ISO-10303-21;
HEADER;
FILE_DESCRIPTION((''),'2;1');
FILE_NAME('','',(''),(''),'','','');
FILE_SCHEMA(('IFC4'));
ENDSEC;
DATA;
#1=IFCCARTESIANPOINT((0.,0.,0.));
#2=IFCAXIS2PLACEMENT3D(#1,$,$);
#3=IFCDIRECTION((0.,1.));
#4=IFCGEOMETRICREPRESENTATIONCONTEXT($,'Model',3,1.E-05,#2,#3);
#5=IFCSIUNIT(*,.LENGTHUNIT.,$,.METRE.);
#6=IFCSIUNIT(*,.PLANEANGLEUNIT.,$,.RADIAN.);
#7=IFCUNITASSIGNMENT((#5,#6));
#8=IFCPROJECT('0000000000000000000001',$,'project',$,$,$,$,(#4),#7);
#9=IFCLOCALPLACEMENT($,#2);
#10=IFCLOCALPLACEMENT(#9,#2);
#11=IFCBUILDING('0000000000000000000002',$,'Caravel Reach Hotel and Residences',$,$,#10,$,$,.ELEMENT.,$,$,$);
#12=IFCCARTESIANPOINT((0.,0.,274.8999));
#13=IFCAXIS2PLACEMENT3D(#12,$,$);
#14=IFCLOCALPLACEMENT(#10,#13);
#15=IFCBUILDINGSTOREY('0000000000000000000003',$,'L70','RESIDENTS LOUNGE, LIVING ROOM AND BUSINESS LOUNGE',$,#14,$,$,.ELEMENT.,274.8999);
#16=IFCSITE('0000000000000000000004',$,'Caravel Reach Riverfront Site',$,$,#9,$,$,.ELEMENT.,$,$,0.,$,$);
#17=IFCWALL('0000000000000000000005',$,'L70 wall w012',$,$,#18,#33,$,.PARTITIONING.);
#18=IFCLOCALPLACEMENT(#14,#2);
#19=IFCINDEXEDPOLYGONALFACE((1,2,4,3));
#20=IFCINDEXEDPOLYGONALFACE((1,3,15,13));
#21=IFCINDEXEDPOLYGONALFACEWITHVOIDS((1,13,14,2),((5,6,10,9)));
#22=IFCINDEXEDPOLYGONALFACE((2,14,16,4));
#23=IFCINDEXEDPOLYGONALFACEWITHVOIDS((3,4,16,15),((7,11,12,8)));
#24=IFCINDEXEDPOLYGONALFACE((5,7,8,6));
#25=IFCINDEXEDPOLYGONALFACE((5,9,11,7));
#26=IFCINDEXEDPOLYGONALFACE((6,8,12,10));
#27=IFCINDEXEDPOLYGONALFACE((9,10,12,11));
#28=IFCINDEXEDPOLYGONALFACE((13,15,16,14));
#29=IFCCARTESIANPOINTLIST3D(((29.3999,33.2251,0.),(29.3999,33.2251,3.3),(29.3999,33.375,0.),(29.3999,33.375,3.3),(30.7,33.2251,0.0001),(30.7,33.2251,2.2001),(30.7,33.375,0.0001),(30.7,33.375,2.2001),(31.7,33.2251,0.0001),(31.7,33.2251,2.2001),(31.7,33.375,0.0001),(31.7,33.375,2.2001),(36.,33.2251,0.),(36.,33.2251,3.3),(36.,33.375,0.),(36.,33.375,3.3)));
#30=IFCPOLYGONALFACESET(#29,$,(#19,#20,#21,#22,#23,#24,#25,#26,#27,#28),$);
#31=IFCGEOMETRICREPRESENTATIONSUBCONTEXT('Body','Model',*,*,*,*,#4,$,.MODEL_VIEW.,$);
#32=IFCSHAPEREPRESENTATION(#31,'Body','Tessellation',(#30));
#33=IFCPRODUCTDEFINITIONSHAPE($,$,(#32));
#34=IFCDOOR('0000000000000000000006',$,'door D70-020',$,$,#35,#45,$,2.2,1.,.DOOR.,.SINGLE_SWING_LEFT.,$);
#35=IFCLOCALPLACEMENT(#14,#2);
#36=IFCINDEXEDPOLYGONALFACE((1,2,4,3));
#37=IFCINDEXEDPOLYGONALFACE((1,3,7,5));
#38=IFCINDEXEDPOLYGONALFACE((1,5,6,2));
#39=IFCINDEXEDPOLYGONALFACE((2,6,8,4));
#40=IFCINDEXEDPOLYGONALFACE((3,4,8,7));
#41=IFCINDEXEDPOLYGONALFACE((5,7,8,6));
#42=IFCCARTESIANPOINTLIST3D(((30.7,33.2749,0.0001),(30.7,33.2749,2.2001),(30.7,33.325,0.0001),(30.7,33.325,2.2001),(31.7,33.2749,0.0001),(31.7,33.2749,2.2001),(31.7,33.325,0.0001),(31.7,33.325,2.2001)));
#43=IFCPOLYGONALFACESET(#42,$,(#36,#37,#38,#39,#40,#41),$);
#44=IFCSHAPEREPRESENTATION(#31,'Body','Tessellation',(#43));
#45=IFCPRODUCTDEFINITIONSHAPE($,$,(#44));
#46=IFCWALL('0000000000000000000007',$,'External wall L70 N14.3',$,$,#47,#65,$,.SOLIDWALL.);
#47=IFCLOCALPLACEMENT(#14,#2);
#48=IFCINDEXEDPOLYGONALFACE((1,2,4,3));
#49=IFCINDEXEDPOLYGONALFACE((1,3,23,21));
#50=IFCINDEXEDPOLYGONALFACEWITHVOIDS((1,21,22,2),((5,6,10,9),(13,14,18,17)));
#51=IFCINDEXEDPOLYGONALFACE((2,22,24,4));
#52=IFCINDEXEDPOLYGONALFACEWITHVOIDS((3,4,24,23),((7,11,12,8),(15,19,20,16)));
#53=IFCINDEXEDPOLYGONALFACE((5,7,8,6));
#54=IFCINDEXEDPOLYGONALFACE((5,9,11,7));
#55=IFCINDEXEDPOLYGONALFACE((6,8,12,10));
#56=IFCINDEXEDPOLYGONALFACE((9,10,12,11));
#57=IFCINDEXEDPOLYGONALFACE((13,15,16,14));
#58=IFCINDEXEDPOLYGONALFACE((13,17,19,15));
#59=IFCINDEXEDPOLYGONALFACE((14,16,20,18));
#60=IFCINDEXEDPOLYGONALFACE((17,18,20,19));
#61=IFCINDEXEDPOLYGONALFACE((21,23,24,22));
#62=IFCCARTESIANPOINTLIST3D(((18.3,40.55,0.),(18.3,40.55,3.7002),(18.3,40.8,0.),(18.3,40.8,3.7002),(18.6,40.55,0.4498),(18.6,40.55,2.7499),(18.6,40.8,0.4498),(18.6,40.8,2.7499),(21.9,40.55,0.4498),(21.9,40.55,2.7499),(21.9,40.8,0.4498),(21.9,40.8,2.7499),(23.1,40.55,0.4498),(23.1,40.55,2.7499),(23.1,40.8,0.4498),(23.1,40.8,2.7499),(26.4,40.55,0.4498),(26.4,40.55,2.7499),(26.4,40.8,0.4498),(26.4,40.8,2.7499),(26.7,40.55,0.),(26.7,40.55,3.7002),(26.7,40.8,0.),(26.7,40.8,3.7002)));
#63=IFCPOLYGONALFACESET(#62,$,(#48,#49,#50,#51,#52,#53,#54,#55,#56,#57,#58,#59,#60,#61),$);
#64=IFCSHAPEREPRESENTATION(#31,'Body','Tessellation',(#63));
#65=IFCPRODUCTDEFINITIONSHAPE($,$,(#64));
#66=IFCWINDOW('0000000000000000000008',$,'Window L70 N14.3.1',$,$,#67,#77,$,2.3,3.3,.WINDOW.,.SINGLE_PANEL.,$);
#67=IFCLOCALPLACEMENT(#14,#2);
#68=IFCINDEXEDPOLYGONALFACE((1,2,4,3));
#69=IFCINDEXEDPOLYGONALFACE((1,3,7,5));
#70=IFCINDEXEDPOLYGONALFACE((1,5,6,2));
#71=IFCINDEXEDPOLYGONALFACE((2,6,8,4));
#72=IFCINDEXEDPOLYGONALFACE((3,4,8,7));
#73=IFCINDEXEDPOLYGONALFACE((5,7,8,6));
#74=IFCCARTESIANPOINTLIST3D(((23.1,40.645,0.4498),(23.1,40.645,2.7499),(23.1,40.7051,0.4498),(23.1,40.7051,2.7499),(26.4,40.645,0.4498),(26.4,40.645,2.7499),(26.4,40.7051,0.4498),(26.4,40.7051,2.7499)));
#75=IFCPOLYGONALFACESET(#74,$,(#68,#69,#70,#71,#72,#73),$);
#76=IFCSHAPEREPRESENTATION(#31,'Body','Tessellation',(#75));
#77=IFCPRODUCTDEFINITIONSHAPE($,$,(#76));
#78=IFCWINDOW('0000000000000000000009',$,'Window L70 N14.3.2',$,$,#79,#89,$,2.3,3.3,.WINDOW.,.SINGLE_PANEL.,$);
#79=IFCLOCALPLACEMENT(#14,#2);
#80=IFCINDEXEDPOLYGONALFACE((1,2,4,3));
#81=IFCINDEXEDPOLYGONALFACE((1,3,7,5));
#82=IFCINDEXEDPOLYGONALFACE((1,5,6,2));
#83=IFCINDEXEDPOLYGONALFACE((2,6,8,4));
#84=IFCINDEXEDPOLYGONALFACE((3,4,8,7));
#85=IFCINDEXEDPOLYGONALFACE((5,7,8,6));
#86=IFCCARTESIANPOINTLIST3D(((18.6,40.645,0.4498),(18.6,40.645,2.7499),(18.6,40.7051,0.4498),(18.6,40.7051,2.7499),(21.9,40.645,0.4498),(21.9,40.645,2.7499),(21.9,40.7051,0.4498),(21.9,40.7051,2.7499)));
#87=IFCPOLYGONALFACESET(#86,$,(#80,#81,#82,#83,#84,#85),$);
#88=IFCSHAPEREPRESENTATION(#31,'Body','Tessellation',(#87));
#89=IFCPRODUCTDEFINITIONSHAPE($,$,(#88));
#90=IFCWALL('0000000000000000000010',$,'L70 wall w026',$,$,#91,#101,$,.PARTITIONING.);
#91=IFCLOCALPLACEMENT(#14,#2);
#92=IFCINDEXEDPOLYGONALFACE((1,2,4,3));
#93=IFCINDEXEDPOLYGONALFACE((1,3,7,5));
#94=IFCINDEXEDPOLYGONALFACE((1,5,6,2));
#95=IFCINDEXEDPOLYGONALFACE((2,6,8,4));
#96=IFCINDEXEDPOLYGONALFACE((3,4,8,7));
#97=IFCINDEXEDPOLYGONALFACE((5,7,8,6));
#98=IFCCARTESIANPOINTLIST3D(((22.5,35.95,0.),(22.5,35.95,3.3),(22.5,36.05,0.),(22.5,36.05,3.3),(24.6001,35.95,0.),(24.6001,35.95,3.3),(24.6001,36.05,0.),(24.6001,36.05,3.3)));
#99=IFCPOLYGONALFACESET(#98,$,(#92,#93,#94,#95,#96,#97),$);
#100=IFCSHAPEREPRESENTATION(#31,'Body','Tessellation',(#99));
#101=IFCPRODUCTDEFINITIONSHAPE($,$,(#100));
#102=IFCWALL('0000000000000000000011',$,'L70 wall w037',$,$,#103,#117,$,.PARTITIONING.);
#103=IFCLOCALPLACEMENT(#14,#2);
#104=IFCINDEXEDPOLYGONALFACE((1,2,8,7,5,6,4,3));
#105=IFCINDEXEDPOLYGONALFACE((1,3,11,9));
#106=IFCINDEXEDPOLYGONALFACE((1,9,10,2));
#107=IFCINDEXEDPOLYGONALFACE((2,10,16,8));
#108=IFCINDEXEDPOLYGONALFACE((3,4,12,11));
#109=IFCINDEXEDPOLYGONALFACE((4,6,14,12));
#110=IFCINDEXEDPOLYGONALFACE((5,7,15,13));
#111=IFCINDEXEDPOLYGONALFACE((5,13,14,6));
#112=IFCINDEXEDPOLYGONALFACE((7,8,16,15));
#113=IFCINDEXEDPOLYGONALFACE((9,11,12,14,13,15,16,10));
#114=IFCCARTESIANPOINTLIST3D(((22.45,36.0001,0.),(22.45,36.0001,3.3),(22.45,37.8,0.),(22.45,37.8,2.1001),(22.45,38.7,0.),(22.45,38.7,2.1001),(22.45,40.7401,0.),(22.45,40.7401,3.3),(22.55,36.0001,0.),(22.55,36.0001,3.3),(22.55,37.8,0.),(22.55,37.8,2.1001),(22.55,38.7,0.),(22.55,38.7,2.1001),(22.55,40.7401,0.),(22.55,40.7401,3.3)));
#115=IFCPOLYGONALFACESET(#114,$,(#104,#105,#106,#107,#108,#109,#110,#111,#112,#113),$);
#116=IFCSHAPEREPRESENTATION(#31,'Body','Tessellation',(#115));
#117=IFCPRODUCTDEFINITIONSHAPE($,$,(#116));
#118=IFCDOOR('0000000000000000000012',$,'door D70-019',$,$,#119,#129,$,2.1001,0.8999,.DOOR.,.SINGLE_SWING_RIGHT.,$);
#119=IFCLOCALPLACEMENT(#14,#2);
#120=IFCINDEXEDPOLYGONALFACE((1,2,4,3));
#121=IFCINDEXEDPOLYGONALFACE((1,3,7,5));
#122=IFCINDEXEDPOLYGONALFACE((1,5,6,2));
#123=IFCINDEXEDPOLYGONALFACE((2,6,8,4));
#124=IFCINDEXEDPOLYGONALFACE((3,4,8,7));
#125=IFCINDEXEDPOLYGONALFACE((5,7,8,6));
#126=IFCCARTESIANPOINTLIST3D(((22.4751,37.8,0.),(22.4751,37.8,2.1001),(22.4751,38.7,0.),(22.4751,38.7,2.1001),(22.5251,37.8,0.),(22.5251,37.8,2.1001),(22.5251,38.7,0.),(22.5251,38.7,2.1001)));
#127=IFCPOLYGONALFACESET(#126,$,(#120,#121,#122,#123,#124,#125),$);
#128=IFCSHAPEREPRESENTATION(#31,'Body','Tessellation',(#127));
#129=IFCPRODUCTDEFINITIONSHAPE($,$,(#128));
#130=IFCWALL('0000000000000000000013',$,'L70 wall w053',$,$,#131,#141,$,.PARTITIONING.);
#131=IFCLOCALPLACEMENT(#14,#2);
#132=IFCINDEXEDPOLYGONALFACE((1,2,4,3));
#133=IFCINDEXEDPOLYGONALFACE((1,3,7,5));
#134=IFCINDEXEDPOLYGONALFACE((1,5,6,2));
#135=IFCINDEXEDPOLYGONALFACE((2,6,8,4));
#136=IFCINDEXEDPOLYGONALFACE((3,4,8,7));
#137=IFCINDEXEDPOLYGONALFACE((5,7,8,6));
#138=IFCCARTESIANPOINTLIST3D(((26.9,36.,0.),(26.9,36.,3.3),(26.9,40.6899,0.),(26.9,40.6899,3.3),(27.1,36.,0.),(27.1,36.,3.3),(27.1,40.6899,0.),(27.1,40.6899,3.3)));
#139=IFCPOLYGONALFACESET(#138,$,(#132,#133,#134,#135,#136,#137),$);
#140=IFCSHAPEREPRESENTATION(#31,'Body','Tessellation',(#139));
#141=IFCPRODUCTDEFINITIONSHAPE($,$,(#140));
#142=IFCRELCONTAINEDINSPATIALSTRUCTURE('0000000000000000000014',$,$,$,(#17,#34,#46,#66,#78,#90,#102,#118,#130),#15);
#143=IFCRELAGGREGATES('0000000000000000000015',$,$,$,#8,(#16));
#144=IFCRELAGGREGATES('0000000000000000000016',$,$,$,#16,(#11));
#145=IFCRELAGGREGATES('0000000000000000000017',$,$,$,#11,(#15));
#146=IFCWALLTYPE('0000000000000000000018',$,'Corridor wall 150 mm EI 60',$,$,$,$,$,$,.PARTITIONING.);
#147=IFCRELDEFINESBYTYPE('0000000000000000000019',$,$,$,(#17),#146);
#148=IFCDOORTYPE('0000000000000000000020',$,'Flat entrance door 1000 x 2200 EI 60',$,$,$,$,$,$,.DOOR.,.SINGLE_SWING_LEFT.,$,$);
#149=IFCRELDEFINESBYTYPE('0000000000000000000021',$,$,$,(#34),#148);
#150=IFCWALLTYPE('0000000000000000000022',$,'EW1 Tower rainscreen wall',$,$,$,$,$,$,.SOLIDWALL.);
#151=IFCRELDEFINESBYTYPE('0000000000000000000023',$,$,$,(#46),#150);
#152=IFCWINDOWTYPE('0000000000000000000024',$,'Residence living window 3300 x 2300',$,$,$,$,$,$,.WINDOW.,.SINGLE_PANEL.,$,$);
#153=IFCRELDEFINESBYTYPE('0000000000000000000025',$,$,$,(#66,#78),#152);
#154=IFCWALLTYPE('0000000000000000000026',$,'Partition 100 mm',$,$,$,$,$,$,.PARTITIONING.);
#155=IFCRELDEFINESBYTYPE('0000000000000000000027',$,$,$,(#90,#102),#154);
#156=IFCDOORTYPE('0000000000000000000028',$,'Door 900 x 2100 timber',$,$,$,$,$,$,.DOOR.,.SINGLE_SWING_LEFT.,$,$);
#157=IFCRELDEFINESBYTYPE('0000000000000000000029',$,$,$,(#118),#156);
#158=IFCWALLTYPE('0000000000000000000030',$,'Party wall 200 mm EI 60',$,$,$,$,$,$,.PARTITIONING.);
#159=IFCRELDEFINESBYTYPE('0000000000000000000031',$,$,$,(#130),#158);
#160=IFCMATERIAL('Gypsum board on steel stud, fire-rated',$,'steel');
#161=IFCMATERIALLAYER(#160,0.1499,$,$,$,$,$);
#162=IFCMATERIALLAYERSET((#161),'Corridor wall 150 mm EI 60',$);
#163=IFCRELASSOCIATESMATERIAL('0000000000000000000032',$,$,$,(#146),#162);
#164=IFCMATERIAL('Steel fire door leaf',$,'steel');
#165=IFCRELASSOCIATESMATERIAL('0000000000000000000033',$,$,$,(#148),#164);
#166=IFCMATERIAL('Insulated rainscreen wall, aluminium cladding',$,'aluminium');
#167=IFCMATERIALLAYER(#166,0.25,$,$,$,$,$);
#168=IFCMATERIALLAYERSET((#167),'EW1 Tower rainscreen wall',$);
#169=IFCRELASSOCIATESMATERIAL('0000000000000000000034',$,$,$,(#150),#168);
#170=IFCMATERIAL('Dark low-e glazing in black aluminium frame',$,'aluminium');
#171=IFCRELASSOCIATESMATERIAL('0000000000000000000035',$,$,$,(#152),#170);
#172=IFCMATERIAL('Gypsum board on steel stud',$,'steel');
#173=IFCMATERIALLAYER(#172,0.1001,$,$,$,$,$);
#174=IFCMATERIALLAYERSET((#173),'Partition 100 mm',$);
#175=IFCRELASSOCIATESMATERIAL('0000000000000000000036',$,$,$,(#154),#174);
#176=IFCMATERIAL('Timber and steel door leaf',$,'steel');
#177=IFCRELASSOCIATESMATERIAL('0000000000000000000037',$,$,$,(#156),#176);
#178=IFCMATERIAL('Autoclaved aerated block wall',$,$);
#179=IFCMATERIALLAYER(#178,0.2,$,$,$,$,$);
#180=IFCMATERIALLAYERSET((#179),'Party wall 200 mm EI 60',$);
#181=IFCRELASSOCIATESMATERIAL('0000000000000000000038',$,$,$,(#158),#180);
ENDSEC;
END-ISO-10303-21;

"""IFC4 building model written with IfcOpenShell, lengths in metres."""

from ifc_helpers import new_model, si_unit, direction, frame, frame_2d, origin, place, context, subcontext, project, spatial, rectangle, extrude, material, layer, layer_set, type_object, element, fill, save


model = new_model("IFC4")

# Units and contexts
model_context = context("Model", 3, precision=1e-05, world=origin(), true_north=direction((0.0, 1.0)))
body_context = subcontext(model_context, "Body", "Model", "MODEL_VIEW")
ifc_project = project(units=[si_unit("LENGTHUNIT", "METRE"), si_unit("PLANEANGLEUNIT", "RADIAN")], contexts=[model_context])

# Site, building, storey
site_placement = place(None, origin())
site = spatial("IfcSite", under=ifc_project, at=site_placement, Name="Caravel Reach Riverfront Site", CompositionType="ELEMENT", RefElevation=0.0)
building_placement = place(site_placement, origin())
building = spatial("IfcBuilding", under=site, at=building_placement, Name="Caravel Reach Hotel and Residences", CompositionType="ELEMENT")
storey_placement = place(building_placement, frame((0.0, 0.0, 274.8999)))
storey = spatial("IfcBuildingStorey", under=building, at=storey_placement, Name="L70", Description="RESIDENTS LOUNGE, LIVING ROOM AND BUSINESS LOUNGE", CompositionType="ELEMENT", Elevation=274.8999)

# Wall, opening, door
ifc_material_1 = material(Name="Gypsum board on steel stud, fire-rated", Category="steel")
ifc_layer_1 = layer(ifc_material_1, 0.1499)
ifc_layer_set_1 = layer_set([ifc_layer_1], Name="Corridor wall 150 mm EI 60")
wall_type_1 = type_object("IfcWallType", Name="Corridor wall 150 mm EI 60", PredefinedType="PARTITIONING", material=ifc_layer_set_1)
wall_1_placement = place(storey_placement, frame((29.3999, 33.3, 0.0), z_axis=(0.0, 0.0, 1.0), x_axis=(1.0, 0.0, 0.0)))
wall_1 = element("IfcWall", 1, at=wall_1_placement, inside=storey, type_object=wall_type_1, Name="L70 wall w012", PredefinedType="PARTITIONING", context=body_context, shape_type="SweptSolid", body=[
    extrude(rectangle(XDim=6.6001, YDim=0.1499, at=frame_2d((3.3, 0.0))), origin(), (0.0, 0.0, 1.0), 3.3),
])
opening_1_placement = place(wall_1_placement, frame((1.3, 0.0, 0.0)))
opening_1 = element("IfcOpeningElement", 2, at=opening_1_placement, cuts=wall_1, PredefinedType="OPENING", context=body_context, shape_type="SweptSolid", body=[
    extrude(rectangle(XDim=1.0, YDim=2.2, at=frame_2d((0.5, 1.1001))), frame((0.0, 0.085, 0.0), z_axis=(0.0, -1.0, 0.0), x_axis=(1.0, 0.0, 0.0)), (0.0, 0.0, 1.0), 0.1699),
])
ifc_material_2 = material(Name="Steel fire door leaf", Category="steel")
door_type_1 = type_object("IfcDoorType", Name="Flat entrance door 1000 x 2200 EI 60", OperationType="SINGLE_SWING_LEFT", PredefinedType="DOOR", material=ifc_material_2)
door_1_placement = place(opening_1_placement, origin())
door_1 = element("IfcDoor", 3, at=door_1_placement, inside=storey, type_object=door_type_1, Name="door D70-020", OperationType="SINGLE_SWING_LEFT", OverallHeight=2.2, OverallWidth=1.0, PredefinedType="DOOR", context=body_context, shape_type="SweptSolid", body=[
    extrude(rectangle(XDim=1.0, YDim=2.2, at=frame_2d((0.5, 1.1001))), frame((0.0, 0.0249, 0.0), z_axis=(0.0, -1.0, 0.0), x_axis=(1.0, 0.0, 0.0)), (0.0, 0.0, 1.0), 0.05),
])
fill(opening_1, door_1)

# Wall, openings, windows
ifc_material_3 = material(Name="Insulated rainscreen wall, aluminium cladding", Category="aluminium")
ifc_layer_2 = layer(ifc_material_3, 0.25)
ifc_layer_set_2 = layer_set([ifc_layer_2], Name="EW1 Tower rainscreen wall")
wall_type_2 = type_object("IfcWallType", Name="EW1 Tower rainscreen wall", PredefinedType="SOLIDWALL", material=ifc_layer_set_2)
wall_2_placement = place(storey_placement, frame((26.7, 40.675, 0.0), z_axis=(0.0, 0.0, 1.0), x_axis=(-1.0, 0.0, 0.0)))
wall_2 = element("IfcWall", 4, at=wall_2_placement, inside=storey, type_object=wall_type_2, Name="External wall L70 N14.3", PredefinedType="SOLIDWALL", context=body_context, shape_type="SweptSolid", body=[
    extrude(rectangle(XDim=8.3999, YDim=0.25, at=frame_2d((4.2, 0.0))), origin(), (0.0, 0.0, 1.0), 3.7002),
])
opening_2_placement = place(wall_2_placement, frame((0.3, 0.0, 0.45)))
opening_2 = element("IfcOpeningElement", 5, at=opening_2_placement, cuts=wall_2, PredefinedType="OPENING", context=body_context, shape_type="SweptSolid", body=[
    extrude(rectangle(XDim=3.3, YDim=2.3, at=frame_2d((1.6499, 1.1499))), frame((0.0, 0.135, 0.0), z_axis=(0.0, -1.0, 0.0), x_axis=(1.0, 0.0, 0.0)), (0.0, 0.0, 1.0), 0.27),
])
opening_3_placement = place(wall_2_placement, frame((4.8, 0.0, 0.45)))
opening_3 = element("IfcOpeningElement", 6, at=opening_3_placement, cuts=wall_2, PredefinedType="OPENING", context=body_context, shape_type="SweptSolid", body=[
    extrude(rectangle(XDim=3.3, YDim=2.3, at=frame_2d((1.6499, 1.1499))), frame((0.0, 0.135, 0.0), z_axis=(0.0, -1.0, 0.0), x_axis=(1.0, 0.0, 0.0)), (0.0, 0.0, 1.0), 0.27),
])
ifc_material_4 = material(Name="Dark low-e glazing in black aluminium frame", Category="aluminium")
window_type = type_object("IfcWindowType", Name="Residence living window 3300 x 2300", PartitioningType="SINGLE_PANEL", PredefinedType="WINDOW", material=ifc_material_4)
window_1_placement = place(opening_2_placement, origin())
window_1 = element("IfcWindow", 7, at=window_1_placement, inside=storey, type_object=window_type, Name="Window L70 N14.3.1", OverallHeight=2.3, OverallWidth=3.3, PartitioningType="SINGLE_PANEL", PredefinedType="WINDOW", context=body_context, shape_type="SweptSolid", body=[
    extrude(rectangle(XDim=3.3, YDim=2.3, at=frame_2d((1.6499, 1.1499))), frame((0.0, 0.03, 0.0), z_axis=(0.0, -1.0, 0.0), x_axis=(1.0, 0.0, 0.0)), (0.0, 0.0, 1.0), 0.0601),
])
fill(opening_2, window_1)
window_2_placement = place(opening_3_placement, origin())
window_2 = element("IfcWindow", 8, at=window_2_placement, inside=storey, type_object=window_type, Name="Window L70 N14.3.2", OverallHeight=2.3, OverallWidth=3.3, PartitioningType="SINGLE_PANEL", PredefinedType="WINDOW", context=body_context, shape_type="SweptSolid", body=[
    extrude(rectangle(XDim=3.3, YDim=2.3, at=frame_2d((1.6499, 1.1499))), frame((0.0, 0.03, 0.0), z_axis=(0.0, -1.0, 0.0), x_axis=(1.0, 0.0, 0.0)), (0.0, 0.0, 1.0), 0.0601),
])
fill(opening_3, window_2)

# Wall
ifc_material_5 = material(Name="Gypsum board on steel stud", Category="steel")
ifc_layer_3 = layer(ifc_material_5, 0.1001)
ifc_layer_set_3 = layer_set([ifc_layer_3], Name="Partition 100 mm")
wall_type_3 = type_object("IfcWallType", Name="Partition 100 mm", PredefinedType="PARTITIONING", material=ifc_layer_set_3)
wall_3_placement = place(storey_placement, frame((22.5, 36.0, 0.0), z_axis=(0.0, 0.0, 1.0), x_axis=(1.0, 0.0, 0.0)))
element("IfcWall", 9, at=wall_3_placement, inside=storey, type_object=wall_type_3, Name="L70 wall w026", PredefinedType="PARTITIONING", context=body_context, shape_type="SweptSolid", body=[
    extrude(rectangle(XDim=2.1001, YDim=0.1001, at=frame_2d((1.05, 0.0))), origin(), (0.0, 0.0, 1.0), 3.3),
])

# Wall, opening, door
wall_4_placement = place(storey_placement, frame((22.5, 36.0, 0.0), z_axis=(0.0, 0.0, 1.0), x_axis=(0.0, 1.0, 0.0)))
wall_4 = element("IfcWall", 10, at=wall_4_placement, inside=storey, type_object=wall_type_3, Name="L70 wall w037", PredefinedType="PARTITIONING", context=body_context, shape_type="SweptSolid", body=[
    extrude(rectangle(XDim=4.74, YDim=0.1001, at=frame_2d((2.3701, 0.0))), origin(), (0.0, 0.0, 1.0), 3.3),
])
opening_4_placement = place(wall_4_placement, frame((1.8, 0.0, 0.0)))
opening_4 = element("IfcOpeningElement", 11, at=opening_4_placement, cuts=wall_4, PredefinedType="OPENING", context=body_context, shape_type="SweptSolid", body=[
    extrude(rectangle(XDim=0.8999, YDim=2.1001, at=frame_2d((0.45, 1.05))), frame((0.0, 0.0601, 0.0), z_axis=(0.0, -1.0, 0.0), x_axis=(1.0, 0.0, 0.0)), (0.0, 0.0, 1.0), 0.1201),
])
ifc_material_6 = material(Name="Timber and steel door leaf", Category="steel")
door_type_2 = type_object("IfcDoorType", Name="Door 900 x 2100 timber", OperationType="SINGLE_SWING_LEFT", PredefinedType="DOOR", material=ifc_material_6)
door_2_placement = place(opening_4_placement, origin())
door_2 = element("IfcDoor", 12, at=door_2_placement, inside=storey, type_object=door_type_2, Name="door D70-019", OperationType="SINGLE_SWING_RIGHT", OverallHeight=2.1001, OverallWidth=0.8999, PredefinedType="DOOR", context=body_context, shape_type="SweptSolid", body=[
    extrude(rectangle(XDim=0.8999, YDim=2.1001, at=frame_2d((0.45, 1.05))), frame((0.0, 0.0249, 0.0), z_axis=(0.0, -1.0, 0.0), x_axis=(1.0, 0.0, 0.0)), (0.0, 0.0, 1.0), 0.05),
])
fill(opening_4, door_2)

# Wall
ifc_material_7 = material(Name="Autoclaved aerated block wall")
ifc_layer_4 = layer(ifc_material_7, 0.2)
ifc_layer_set_4 = layer_set([ifc_layer_4], Name="Party wall 200 mm EI 60")
wall_type_4 = type_object("IfcWallType", Name="Party wall 200 mm EI 60", PredefinedType="PARTITIONING", material=ifc_layer_set_4)
wall_5_placement = place(storey_placement, frame((27.0, 36.0, 0.0), z_axis=(0.0, 0.0, 1.0), x_axis=(0.0, 1.0, 0.0)))
element("IfcWall", 13, at=wall_5_placement, inside=storey, type_object=wall_type_4, Name="L70 wall w053", PredefinedType="PARTITIONING", context=body_context, shape_type="SweptSolid", body=[
    extrude(rectangle(XDim=4.6899, YDim=0.2, at=frame_2d((2.345, 0.0))), origin(), (0.0, 0.0, 1.0), 3.3),
])

save(model, "model.ifc")
